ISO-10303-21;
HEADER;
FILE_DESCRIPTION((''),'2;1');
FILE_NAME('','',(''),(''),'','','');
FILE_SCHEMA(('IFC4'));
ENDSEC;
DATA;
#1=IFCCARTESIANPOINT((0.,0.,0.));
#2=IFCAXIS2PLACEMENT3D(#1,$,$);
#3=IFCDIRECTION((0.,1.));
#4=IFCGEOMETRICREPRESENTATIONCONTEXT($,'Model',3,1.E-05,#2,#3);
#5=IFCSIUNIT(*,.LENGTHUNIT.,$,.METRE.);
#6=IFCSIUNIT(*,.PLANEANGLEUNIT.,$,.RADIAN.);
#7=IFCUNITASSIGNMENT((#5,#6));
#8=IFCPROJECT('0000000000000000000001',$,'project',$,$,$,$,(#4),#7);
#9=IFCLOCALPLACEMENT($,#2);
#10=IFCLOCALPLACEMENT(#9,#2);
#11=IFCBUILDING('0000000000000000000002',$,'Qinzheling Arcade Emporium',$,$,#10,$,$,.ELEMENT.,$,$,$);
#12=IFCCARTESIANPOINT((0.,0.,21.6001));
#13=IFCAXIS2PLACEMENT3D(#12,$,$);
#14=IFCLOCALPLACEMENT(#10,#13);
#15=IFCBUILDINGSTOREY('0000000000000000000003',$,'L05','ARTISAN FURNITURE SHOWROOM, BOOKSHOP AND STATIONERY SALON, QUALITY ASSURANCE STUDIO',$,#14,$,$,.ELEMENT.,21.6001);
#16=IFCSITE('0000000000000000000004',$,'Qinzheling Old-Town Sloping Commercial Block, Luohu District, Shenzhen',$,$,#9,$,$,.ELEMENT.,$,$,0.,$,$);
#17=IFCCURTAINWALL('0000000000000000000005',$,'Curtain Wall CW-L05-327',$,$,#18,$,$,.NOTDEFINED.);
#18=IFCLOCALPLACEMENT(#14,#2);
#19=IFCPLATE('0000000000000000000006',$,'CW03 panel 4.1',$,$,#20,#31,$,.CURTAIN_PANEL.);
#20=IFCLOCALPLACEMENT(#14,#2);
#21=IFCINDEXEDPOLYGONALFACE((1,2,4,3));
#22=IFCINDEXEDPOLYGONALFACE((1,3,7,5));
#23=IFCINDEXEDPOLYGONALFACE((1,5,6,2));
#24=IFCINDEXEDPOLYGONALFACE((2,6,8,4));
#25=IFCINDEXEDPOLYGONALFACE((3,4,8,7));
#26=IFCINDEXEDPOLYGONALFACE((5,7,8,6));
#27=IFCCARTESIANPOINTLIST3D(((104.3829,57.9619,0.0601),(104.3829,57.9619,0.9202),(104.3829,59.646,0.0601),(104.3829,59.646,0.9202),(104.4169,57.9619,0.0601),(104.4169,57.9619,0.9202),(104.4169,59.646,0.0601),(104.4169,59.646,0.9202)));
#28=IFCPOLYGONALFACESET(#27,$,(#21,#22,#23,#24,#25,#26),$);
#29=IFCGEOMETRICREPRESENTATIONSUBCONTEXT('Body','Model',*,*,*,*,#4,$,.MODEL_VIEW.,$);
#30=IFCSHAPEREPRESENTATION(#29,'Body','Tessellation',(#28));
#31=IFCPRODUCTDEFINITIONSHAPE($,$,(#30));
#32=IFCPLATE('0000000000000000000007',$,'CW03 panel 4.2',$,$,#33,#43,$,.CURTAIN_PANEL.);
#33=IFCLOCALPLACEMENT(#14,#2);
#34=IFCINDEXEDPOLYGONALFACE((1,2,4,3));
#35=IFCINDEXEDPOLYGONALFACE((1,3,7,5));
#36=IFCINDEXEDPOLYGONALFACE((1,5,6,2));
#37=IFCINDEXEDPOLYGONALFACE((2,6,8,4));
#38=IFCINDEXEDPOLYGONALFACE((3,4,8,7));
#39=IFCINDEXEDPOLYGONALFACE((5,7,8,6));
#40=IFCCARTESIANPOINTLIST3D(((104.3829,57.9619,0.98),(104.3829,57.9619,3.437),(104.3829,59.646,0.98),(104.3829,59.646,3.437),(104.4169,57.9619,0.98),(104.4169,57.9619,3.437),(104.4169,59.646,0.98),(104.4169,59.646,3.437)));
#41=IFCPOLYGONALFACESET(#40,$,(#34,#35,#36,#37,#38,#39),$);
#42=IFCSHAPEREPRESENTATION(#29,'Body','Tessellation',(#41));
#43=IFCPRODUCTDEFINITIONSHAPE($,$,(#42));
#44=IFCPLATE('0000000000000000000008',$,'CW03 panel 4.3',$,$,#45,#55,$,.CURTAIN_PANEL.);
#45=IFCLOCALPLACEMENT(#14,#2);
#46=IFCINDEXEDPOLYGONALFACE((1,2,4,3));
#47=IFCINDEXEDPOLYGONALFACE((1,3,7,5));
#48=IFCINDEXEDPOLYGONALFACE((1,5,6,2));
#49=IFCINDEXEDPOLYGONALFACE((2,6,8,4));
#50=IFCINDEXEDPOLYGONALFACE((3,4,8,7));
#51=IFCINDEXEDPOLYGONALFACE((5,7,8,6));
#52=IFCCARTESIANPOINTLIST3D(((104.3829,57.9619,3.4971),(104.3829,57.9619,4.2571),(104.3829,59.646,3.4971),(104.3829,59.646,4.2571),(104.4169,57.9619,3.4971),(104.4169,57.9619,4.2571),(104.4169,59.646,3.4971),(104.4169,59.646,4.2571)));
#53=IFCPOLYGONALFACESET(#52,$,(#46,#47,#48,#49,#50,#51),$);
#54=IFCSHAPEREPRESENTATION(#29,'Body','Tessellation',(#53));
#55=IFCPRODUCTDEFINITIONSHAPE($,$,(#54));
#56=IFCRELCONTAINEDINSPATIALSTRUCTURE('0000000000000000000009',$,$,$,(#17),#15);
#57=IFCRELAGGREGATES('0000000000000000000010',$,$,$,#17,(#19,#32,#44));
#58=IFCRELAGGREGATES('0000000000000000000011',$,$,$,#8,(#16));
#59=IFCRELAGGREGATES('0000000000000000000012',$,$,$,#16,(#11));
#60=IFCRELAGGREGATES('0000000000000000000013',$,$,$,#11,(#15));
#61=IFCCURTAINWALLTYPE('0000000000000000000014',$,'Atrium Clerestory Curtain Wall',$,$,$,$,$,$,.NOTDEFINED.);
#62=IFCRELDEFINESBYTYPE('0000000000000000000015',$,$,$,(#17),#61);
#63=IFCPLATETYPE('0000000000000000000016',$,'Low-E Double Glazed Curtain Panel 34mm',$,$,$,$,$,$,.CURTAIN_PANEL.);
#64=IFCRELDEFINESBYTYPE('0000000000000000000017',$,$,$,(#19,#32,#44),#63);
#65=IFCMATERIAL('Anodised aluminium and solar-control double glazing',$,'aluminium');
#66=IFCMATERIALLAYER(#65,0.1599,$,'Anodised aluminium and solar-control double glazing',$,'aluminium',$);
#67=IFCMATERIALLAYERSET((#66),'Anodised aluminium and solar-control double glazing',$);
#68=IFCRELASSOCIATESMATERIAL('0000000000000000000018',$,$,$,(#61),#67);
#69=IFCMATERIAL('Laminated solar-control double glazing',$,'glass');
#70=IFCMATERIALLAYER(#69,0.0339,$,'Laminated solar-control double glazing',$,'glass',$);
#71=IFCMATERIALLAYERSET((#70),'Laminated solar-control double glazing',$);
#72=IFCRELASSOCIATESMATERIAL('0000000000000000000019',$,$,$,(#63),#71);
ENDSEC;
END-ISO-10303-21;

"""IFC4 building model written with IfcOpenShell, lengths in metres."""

from ifc_helpers import new_model, si_unit, direction, frame, origin, origin_2d, place, context, subcontext, project, spatial, rectangle, extrude, material, layer, layer_set, type_object, element, aggregate, save


model = new_model("IFC4")

# Units and contexts
model_context = context("Model", 3, precision=1e-05, world=origin(), true_north=direction((0.0, 1.0)))
body_context = subcontext(model_context, "Body", "Model", "MODEL_VIEW")
ifc_project = project(units=[si_unit("LENGTHUNIT", "METRE"), si_unit("PLANEANGLEUNIT", "RADIAN")], contexts=[model_context])

# Site, building, storey
site_placement = place(None, origin())
site = spatial("IfcSite", under=ifc_project, at=site_placement, Name="Qinzheling Old-Town Sloping Commercial Block, Luohu District, Shenzhen", CompositionType="ELEMENT", RefElevation=0.0)
building_placement = place(site_placement, origin())
building = spatial("IfcBuilding", under=site, at=building_placement, Name="Qinzheling Arcade Emporium", CompositionType="ELEMENT")
storey_placement = place(building_placement, frame((0.0, 0.0, 21.6001)))
storey = spatial("IfcBuildingStorey", under=building, at=storey_placement, Name="L05", Description="ARTISAN FURNITURE SHOWROOM, BOOKSHOP AND STATIONERY SALON, QUALITY ASSURANCE STUDIO", CompositionType="ELEMENT", Elevation=21.6001)

# Curtain wall
ifc_material_1 = material(Name="Anodised aluminium and solar-control double glazing", Category="aluminium")
ifc_layer_1 = layer(ifc_material_1, 0.1599, Name="Anodised aluminium and solar-control double glazing", Category="aluminium")
ifc_layer_set_1 = layer_set([ifc_layer_1], Name="Anodised aluminium and solar-control double glazing")
curtain_wall_type = type_object("IfcCurtainWallType", Name="Atrium Clerestory Curtain Wall", PredefinedType="NOTDEFINED", material=ifc_layer_set_1)
curtain_wall_1_placement = place(storey_placement, origin())
curtain_wall_1 = element("IfcCurtainWall", 1, at=curtain_wall_1_placement, inside=storey, type_object=curtain_wall_type, Name="Curtain Wall CW-L05-327", PredefinedType="NOTDEFINED")

# Plates
ifc_material_2 = material(Name="Laminated solar-control double glazing", Category="glass")
ifc_layer_2 = layer(ifc_material_2, 0.0339, Name="Laminated solar-control double glazing", Category="glass")
ifc_layer_set_2 = layer_set([ifc_layer_2], Name="Laminated solar-control double glazing")
plate_type = type_object("IfcPlateType", Name="Low-E Double Glazed Curtain Panel 34mm", PredefinedType="CURTAIN_PANEL", material=ifc_layer_set_2)
plate_1_placement = place(storey_placement, frame((104.3999, 58.804, 0.0601), z_axis=(0.0, 0.0, 1.0), x_axis=(0.0, -1.0, 0.0)))
plate_1 = element("IfcPlate", 2, at=plate_1_placement, type_object=plate_type, Name="CW03 panel 4.1", PredefinedType="CURTAIN_PANEL", context=body_context, shape_type="SweptSolid", body=[
    extrude(rectangle(XDim=1.6841, YDim=0.0339, at=origin_2d()), origin(), (0.0, 0.0, 1.0), 0.8601),
])
plate_2_placement = place(storey_placement, frame((104.3999, 58.804, 0.98), z_axis=(0.0, 0.0, 1.0), x_axis=(0.0, -1.0, 0.0)))
plate_2 = element("IfcPlate", 3, at=plate_2_placement, type_object=plate_type, Name="CW03 panel 4.2", PredefinedType="CURTAIN_PANEL", context=body_context, shape_type="SweptSolid", body=[
    extrude(rectangle(XDim=1.6841, YDim=0.0339, at=origin_2d()), origin(), (0.0, 0.0, 1.0), 2.457),
])
plate_3_placement = place(storey_placement, frame((104.3999, 58.804, 3.4971), z_axis=(0.0, 0.0, 1.0), x_axis=(0.0, -1.0, 0.0)))
plate_3 = element("IfcPlate", 4, at=plate_3_placement, type_object=plate_type, Name="CW03 panel 4.3", PredefinedType="CURTAIN_PANEL", context=body_context, shape_type="SweptSolid", body=[
    extrude(rectangle(XDim=1.6841, YDim=0.0339, at=origin_2d()), origin(), (0.0, 0.0, 1.0), 0.76),
])
aggregate(curtain_wall_1, [plate_1, plate_2, plate_3])

save(model, "model.ifc")
